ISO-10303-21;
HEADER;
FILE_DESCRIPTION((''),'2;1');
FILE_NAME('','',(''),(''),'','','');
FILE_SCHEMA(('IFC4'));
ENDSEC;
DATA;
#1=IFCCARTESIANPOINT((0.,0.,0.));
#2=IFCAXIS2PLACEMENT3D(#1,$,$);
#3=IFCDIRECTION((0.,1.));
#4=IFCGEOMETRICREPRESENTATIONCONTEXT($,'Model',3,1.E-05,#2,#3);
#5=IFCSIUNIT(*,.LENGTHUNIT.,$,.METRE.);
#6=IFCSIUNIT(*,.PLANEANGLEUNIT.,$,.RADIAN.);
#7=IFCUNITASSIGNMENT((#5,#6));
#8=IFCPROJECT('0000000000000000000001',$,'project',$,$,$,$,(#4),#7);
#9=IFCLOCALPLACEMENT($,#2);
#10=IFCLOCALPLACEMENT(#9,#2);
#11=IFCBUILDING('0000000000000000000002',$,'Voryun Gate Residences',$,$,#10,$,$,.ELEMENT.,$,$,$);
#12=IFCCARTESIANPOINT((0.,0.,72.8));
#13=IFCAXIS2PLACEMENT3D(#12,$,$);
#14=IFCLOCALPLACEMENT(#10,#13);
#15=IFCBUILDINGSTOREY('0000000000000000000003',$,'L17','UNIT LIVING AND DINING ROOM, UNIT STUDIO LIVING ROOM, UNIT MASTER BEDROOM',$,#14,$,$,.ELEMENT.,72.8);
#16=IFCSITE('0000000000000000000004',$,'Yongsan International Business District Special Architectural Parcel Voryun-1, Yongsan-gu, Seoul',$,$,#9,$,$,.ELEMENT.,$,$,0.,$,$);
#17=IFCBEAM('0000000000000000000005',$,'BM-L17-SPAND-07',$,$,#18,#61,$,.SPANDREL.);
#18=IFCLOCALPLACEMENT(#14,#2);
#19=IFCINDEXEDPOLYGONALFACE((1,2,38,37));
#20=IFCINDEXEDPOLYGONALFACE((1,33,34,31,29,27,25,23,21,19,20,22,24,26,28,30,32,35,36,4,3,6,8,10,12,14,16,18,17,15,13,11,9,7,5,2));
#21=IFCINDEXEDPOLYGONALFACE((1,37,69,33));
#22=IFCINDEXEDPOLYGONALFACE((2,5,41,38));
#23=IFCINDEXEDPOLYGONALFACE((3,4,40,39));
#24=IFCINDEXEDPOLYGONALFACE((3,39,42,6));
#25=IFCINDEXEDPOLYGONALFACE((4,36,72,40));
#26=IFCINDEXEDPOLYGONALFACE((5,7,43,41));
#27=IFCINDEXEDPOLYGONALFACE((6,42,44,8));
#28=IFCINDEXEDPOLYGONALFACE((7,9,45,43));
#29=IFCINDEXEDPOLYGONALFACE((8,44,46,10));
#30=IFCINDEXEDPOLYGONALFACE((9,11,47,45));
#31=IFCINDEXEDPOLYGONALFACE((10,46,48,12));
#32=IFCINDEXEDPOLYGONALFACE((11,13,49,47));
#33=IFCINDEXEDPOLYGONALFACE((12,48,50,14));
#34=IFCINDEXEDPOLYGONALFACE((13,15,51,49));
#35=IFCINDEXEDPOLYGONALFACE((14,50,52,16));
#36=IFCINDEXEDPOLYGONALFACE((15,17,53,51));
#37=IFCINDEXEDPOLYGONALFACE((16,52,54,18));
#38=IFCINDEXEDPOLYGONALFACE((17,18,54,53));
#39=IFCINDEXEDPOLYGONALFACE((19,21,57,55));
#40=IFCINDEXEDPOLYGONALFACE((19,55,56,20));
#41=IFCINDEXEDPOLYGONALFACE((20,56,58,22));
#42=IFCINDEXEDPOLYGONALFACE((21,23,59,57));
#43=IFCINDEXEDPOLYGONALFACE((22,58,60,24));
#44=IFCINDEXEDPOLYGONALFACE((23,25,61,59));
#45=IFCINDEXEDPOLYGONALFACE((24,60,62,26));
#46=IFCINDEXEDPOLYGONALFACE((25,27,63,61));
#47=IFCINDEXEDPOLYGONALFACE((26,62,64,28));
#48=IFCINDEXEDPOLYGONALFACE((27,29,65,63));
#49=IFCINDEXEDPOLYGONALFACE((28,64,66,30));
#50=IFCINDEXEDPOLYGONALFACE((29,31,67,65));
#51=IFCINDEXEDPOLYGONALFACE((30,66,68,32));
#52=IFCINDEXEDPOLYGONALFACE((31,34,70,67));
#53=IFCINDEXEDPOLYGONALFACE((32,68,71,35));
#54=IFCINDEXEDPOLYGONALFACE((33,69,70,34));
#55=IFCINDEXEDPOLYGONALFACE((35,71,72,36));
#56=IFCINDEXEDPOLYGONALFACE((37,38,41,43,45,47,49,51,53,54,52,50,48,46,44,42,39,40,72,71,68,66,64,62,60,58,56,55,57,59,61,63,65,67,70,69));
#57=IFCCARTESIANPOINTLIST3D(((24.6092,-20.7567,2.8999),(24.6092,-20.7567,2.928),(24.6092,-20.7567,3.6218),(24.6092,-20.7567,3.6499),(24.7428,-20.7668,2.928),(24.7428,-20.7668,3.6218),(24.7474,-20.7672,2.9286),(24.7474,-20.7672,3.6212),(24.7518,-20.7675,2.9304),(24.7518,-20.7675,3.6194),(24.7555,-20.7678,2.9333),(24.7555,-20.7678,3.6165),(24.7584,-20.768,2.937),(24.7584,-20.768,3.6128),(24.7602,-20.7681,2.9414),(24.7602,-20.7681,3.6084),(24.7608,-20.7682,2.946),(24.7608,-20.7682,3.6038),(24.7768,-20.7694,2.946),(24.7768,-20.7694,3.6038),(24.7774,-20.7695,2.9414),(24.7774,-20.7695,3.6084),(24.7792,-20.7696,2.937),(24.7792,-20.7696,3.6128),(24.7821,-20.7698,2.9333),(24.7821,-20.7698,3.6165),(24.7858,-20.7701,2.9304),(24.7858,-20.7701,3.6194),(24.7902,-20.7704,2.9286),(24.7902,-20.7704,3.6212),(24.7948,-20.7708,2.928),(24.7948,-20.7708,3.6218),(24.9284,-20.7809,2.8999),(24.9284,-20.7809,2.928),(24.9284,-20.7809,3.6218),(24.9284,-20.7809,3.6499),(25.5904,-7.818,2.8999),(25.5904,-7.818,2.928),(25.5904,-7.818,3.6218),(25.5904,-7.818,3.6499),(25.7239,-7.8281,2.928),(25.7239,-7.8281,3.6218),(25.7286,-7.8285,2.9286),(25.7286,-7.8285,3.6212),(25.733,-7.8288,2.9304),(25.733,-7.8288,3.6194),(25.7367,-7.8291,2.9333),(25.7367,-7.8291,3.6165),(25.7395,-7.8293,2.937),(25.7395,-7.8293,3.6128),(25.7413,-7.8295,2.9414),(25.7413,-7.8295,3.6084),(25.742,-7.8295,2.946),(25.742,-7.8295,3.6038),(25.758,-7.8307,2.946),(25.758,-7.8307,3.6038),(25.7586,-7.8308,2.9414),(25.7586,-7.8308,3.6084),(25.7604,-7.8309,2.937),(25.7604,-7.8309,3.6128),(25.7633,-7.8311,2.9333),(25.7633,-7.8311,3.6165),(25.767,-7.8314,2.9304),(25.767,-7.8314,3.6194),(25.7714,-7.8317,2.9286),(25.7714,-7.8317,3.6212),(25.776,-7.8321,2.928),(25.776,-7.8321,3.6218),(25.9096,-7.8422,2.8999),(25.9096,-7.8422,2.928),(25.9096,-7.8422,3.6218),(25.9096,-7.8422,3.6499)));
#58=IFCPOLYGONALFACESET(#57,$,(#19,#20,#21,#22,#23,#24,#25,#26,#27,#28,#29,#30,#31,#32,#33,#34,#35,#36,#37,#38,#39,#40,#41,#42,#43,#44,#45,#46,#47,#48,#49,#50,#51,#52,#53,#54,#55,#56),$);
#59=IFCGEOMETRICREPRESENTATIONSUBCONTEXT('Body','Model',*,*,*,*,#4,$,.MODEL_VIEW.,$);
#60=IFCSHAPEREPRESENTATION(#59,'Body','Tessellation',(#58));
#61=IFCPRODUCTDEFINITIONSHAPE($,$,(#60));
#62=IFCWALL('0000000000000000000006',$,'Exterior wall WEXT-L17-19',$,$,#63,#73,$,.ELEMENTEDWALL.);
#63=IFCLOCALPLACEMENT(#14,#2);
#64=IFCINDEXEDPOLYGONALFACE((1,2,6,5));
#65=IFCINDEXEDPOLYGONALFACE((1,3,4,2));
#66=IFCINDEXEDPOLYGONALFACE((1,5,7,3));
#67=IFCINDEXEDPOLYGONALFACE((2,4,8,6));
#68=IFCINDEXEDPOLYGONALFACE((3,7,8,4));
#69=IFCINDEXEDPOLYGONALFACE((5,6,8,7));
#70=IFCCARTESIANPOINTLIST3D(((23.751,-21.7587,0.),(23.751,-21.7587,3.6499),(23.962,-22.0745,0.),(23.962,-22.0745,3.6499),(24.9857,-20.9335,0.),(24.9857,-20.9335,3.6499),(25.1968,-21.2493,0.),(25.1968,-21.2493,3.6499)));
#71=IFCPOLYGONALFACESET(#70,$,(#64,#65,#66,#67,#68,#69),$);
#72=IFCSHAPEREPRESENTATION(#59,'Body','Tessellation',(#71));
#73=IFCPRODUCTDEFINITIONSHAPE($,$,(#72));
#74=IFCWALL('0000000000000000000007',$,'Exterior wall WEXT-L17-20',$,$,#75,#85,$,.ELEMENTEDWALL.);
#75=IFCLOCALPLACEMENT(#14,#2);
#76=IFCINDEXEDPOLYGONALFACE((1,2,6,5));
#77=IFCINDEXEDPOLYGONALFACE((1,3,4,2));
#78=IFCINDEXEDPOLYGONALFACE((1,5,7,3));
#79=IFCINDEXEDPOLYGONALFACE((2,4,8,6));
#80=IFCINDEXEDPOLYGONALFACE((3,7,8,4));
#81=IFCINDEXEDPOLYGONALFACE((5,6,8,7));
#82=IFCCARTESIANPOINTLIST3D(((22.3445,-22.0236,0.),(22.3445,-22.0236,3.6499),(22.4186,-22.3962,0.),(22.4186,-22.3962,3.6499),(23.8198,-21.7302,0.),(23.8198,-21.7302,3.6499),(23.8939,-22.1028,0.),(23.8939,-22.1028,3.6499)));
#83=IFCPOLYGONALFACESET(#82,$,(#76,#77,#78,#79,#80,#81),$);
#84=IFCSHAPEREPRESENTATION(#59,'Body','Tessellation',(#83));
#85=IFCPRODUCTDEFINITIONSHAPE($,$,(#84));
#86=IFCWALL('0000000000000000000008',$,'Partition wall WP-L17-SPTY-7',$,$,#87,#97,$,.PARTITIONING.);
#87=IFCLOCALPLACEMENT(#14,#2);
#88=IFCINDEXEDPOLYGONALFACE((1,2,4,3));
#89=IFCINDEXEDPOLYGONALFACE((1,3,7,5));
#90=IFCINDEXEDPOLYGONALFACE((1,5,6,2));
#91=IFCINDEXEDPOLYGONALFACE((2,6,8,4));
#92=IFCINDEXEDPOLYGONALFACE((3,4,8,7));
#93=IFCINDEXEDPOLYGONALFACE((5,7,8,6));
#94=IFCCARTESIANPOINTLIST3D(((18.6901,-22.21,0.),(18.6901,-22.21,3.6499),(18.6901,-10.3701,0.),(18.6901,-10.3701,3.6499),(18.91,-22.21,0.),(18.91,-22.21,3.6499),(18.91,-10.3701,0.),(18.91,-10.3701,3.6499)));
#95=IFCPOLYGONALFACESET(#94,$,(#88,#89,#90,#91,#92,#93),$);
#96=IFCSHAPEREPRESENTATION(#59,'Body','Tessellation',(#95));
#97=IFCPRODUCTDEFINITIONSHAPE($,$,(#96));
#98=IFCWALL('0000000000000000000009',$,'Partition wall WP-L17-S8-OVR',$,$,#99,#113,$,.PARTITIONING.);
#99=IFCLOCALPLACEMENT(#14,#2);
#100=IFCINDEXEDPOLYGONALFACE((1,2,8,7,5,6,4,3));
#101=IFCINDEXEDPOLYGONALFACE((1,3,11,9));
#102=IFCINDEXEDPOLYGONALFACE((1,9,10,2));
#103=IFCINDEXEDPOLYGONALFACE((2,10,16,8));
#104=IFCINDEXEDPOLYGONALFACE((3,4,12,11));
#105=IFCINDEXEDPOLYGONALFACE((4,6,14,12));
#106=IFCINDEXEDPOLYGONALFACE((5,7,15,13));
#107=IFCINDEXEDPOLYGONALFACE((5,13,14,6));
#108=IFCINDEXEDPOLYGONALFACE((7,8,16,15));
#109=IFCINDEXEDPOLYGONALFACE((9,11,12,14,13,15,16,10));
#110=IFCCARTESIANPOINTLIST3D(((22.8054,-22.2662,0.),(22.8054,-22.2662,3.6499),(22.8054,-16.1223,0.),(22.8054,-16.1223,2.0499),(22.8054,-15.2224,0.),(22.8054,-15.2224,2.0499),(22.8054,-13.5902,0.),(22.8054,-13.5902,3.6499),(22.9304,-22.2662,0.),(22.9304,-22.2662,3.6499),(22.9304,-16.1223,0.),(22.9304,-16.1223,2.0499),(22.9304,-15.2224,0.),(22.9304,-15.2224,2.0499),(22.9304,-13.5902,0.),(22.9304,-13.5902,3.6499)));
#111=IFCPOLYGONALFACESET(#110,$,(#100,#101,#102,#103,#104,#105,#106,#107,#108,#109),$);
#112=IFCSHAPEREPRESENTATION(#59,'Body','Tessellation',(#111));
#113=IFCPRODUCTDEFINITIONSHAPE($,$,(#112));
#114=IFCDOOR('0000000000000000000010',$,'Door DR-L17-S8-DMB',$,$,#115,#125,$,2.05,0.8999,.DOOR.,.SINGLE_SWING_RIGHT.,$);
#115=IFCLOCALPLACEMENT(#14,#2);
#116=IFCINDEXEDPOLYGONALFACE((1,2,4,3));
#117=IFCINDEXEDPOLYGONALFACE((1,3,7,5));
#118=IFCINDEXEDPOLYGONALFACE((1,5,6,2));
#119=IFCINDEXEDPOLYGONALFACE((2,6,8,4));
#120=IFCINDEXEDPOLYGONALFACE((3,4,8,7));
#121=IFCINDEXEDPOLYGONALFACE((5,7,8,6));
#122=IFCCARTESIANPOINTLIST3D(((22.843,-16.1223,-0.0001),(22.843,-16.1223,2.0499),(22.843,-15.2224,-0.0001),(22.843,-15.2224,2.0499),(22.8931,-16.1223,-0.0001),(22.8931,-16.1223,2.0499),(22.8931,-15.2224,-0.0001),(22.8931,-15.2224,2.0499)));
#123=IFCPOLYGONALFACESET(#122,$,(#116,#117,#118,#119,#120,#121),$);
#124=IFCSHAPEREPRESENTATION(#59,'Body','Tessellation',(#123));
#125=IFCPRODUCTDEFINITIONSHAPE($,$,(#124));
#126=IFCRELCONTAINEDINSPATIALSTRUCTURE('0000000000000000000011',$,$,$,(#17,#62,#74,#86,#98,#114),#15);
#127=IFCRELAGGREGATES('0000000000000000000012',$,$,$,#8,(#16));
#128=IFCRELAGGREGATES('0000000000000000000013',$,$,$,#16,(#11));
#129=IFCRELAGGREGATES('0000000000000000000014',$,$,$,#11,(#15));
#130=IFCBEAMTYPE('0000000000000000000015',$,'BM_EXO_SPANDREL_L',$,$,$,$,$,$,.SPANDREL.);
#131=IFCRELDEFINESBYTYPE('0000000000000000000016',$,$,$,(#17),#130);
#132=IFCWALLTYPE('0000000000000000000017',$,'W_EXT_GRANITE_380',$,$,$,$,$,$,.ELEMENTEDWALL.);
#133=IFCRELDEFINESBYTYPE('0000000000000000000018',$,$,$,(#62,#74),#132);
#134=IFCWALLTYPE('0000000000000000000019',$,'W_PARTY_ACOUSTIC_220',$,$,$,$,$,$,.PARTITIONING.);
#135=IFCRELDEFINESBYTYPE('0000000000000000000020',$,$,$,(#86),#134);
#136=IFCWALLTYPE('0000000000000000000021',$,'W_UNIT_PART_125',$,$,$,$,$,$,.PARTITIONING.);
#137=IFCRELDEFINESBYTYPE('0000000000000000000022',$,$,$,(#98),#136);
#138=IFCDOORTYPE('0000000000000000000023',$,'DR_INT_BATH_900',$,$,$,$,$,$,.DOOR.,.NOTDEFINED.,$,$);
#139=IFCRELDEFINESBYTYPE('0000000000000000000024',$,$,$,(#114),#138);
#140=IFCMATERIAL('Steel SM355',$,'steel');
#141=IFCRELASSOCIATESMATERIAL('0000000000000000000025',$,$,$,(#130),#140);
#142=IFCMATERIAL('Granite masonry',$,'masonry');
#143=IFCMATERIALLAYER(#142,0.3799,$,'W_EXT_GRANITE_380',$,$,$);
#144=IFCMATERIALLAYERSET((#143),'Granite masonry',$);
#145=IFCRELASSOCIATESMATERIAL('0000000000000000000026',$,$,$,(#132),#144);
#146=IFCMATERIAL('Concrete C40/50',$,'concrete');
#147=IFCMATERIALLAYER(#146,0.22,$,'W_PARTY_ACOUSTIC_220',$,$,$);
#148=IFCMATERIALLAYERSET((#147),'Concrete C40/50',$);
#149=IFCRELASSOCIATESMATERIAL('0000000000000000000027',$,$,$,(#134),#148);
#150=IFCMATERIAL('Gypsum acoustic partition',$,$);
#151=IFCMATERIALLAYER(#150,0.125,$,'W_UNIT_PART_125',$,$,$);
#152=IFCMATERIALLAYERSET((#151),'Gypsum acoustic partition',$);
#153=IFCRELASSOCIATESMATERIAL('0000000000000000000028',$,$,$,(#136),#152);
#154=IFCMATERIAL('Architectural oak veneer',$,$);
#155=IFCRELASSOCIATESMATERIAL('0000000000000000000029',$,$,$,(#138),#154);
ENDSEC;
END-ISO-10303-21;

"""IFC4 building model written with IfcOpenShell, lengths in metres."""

from ifc_helpers import new_model, si_unit, direction, frame, frame_2d, origin, origin_2d, place, context, subcontext, project, spatial, rectangle, i_section, extrude, material, layer, layer_set, material_profile, profile_set, type_object, element, fill, save


model = new_model("IFC4")

# Units and contexts
model_context = context("Model", 3, precision=1e-05, world=origin(), true_north=direction((0.0, 1.0)))
body_context = subcontext(model_context, "Body", "Model", "MODEL_VIEW")
ifc_project = project(units=[si_unit("LENGTHUNIT", "METRE"), si_unit("PLANEANGLEUNIT", "RADIAN")], contexts=[model_context])

# Site, building, storey
site_placement = place(None, origin())
site = spatial("IfcSite", under=ifc_project, at=site_placement, Name="Yongsan International Business District Special Architectural Parcel Voryun-1, Yongsan-gu, Seoul", CompositionType="ELEMENT", RefElevation=0.0)
building_placement = place(site_placement, origin())
building = spatial("IfcBuilding", under=site, at=building_placement, Name="Voryun Gate Residences", CompositionType="ELEMENT")
storey_placement = place(building_placement, frame((0.0, 0.0, 72.8)))
storey = spatial("IfcBuildingStorey", under=building, at=storey_placement, Name="L17", Description="UNIT LIVING AND DINING ROOM, UNIT STUDIO LIVING ROOM, UNIT MASTER BEDROOM", CompositionType="ELEMENT", Elevation=72.8)

# Beam
ifc_material_1 = material(Name="Steel SM355", Category="steel")
ifc_material_profile_1 = material_profile(ifc_material_1, i_section(OverallWidth=0.3201, OverallDepth=0.75, WebThickness=0.0161, FlangeThickness=0.0281, FilletRadius=0.0181, at=origin_2d()), Name="H-750x320x16x28")
ifc_profile_set_1 = profile_set([ifc_material_profile_1], Name="Steel SM355")
beam_type = type_object("IfcBeamType", Name="BM_EXO_SPANDREL_L", PredefinedType="SPANDREL", material=ifc_profile_set_1)
beam_1_placement = place(storey_placement, frame((24.7688, -20.7688, 3.2749), z_axis=(0.075617, 0.997137, 0.0), x_axis=(-0.997137, 0.075617, 0.0)))
element("IfcBeam", 1, at=beam_1_placement, inside=storey, type_object=beam_type, Name="BM-L17-SPAND-07", PredefinedType="SPANDREL", context=body_context, shape_type="SweptSolid", body=[
    extrude(i_section(OverallWidth=0.3201, OverallDepth=0.75, WebThickness=0.0161, FlangeThickness=0.0281, FilletRadius=0.0181, at=origin_2d()), origin(), (0.0, 0.0, 1.0), 12.9758),
])

# Shared definitions
ifc_material_2 = material(Name="Granite masonry", Category="masonry")
ifc_layer_1 = layer(ifc_material_2, 0.3799, Name="W_EXT_GRANITE_380")
ifc_layer_set_1 = layer_set([ifc_layer_1], Name="Granite masonry")
wall_type_1 = type_object("IfcWallType", Name="W_EXT_GRANITE_380", PredefinedType="ELEMENTEDWALL", material=ifc_layer_set_1)

# Walls
wall_1_placement = place(storey_placement, frame((25.0913, -21.0913, 0.0), z_axis=(0.0, 0.0, 1.0), x_axis=(-0.831392, -0.555686, 0.0)))
element("IfcWall", 2, at=wall_1_placement, inside=storey, type_object=wall_type_1, Name="Exterior wall WEXT-L17-19", PredefinedType="ELEMENTEDWALL", context=body_context, shape_type="SweptSolid", body=[
    extrude(rectangle(XDim=1.4851, YDim=0.3799, at=frame_2d((0.7427, 0.0))), origin(), (0.0, 0.0, 1.0), 3.6499),
])
wall_2_placement = place(storey_placement, frame((23.8567, -21.9165, 0.0), z_axis=(0.0, 0.0, 1.0), x_axis=(-0.980786, -0.195086, 0.0)))
element("IfcWall", 3, at=wall_2_placement, inside=storey, type_object=wall_type_1, Name="Exterior wall WEXT-L17-20", PredefinedType="ELEMENTEDWALL", context=body_context, shape_type="SweptSolid", body=[
    extrude(rectangle(XDim=1.5042, YDim=0.3799, at=frame_2d((0.752, 0.0))), origin(), (0.0, 0.0, 1.0), 3.6499),
])
ifc_material_3 = material(Name="Concrete C40/50", Category="concrete")
ifc_layer_2 = layer(ifc_material_3, 0.22, Name="W_PARTY_ACOUSTIC_220")
ifc_layer_set_2 = layer_set([ifc_layer_2], Name="Concrete C40/50")
wall_type_2 = type_object("IfcWallType", Name="W_PARTY_ACOUSTIC_220", PredefinedType="PARTITIONING", material=ifc_layer_set_2)
wall_3_placement = place(storey_placement, frame((18.8, -22.21, 0.0), z_axis=(0.0, 0.0, 1.0), x_axis=(0.0, 1.0, 0.0)))
element("IfcWall", 4, at=wall_3_placement, inside=storey, type_object=wall_type_2, Name="Partition wall WP-L17-SPTY-7", PredefinedType="PARTITIONING", context=body_context, shape_type="SweptSolid", body=[
    extrude(rectangle(XDim=11.8398, YDim=0.22, at=frame_2d((5.9199, 0.0))), origin(), (0.0, 0.0, 1.0), 3.6499),
])

# Wall, opening, door
ifc_material_4 = material(Name="Gypsum acoustic partition")
ifc_layer_3 = layer(ifc_material_4, 0.125, Name="W_UNIT_PART_125")
ifc_layer_set_3 = layer_set([ifc_layer_3], Name="Gypsum acoustic partition")
wall_type_3 = type_object("IfcWallType", Name="W_UNIT_PART_125", PredefinedType="PARTITIONING", material=ifc_layer_set_3)
wall_4_placement = place(storey_placement, frame((22.8679, -22.2661, 0.0), z_axis=(0.0, 0.0, 1.0), x_axis=(0.0, 1.0, 0.0)))
wall_4 = element("IfcWall", 5, at=wall_4_placement, inside=storey, type_object=wall_type_3, Name="Partition wall WP-L17-S8-OVR", PredefinedType="PARTITIONING", context=body_context, shape_type="SweptSolid", body=[
    extrude(rectangle(XDim=8.676, YDim=0.125, at=frame_2d((4.3379, 0.0))), origin(), (0.0, 0.0, 1.0), 3.6499),
])
opening_1_placement = place(wall_4_placement, frame((6.1438, 0.0, 0.0)))
opening_1 = element("IfcOpeningElement", 6, at=opening_1_placement, cuts=wall_4, PredefinedType="OPENING", context=body_context, shape_type="SweptSolid", body=[
    extrude(rectangle(XDim=0.8999, YDim=2.05, at=frame_2d((0.45, 1.0249))), frame((0.0, 0.0725, 0.0), z_axis=(0.0, -1.0, 0.0), x_axis=(1.0, 0.0, 0.0)), (0.0, 0.0, 1.0), 0.145),
])
ifc_material_5 = material(Name="Architectural oak veneer")
door_type = type_object("IfcDoorType", Name="DR_INT_BATH_900", OperationType="NOTDEFINED", PredefinedType="DOOR", material=ifc_material_5)
door_placement = place(opening_1_placement, origin())
door = element("IfcDoor", 7, at=door_placement, inside=storey, type_object=door_type, Name="Door DR-L17-S8-DMB", OperationType="SINGLE_SWING_RIGHT", OverallHeight=2.05, OverallWidth=0.8999, PredefinedType="DOOR", context=body_context, shape_type="SweptSolid", body=[
    extrude(rectangle(XDim=0.8999, YDim=2.05, at=frame_2d((0.45, 1.0249))), frame((0.0, 0.0249, 0.0), z_axis=(0.0, -1.0, 0.0), x_axis=(1.0, 0.0, 0.0)), (0.0, 0.0, 1.0), 0.05),
])
fill(opening_1, door)

save(model, "model.ifc")
